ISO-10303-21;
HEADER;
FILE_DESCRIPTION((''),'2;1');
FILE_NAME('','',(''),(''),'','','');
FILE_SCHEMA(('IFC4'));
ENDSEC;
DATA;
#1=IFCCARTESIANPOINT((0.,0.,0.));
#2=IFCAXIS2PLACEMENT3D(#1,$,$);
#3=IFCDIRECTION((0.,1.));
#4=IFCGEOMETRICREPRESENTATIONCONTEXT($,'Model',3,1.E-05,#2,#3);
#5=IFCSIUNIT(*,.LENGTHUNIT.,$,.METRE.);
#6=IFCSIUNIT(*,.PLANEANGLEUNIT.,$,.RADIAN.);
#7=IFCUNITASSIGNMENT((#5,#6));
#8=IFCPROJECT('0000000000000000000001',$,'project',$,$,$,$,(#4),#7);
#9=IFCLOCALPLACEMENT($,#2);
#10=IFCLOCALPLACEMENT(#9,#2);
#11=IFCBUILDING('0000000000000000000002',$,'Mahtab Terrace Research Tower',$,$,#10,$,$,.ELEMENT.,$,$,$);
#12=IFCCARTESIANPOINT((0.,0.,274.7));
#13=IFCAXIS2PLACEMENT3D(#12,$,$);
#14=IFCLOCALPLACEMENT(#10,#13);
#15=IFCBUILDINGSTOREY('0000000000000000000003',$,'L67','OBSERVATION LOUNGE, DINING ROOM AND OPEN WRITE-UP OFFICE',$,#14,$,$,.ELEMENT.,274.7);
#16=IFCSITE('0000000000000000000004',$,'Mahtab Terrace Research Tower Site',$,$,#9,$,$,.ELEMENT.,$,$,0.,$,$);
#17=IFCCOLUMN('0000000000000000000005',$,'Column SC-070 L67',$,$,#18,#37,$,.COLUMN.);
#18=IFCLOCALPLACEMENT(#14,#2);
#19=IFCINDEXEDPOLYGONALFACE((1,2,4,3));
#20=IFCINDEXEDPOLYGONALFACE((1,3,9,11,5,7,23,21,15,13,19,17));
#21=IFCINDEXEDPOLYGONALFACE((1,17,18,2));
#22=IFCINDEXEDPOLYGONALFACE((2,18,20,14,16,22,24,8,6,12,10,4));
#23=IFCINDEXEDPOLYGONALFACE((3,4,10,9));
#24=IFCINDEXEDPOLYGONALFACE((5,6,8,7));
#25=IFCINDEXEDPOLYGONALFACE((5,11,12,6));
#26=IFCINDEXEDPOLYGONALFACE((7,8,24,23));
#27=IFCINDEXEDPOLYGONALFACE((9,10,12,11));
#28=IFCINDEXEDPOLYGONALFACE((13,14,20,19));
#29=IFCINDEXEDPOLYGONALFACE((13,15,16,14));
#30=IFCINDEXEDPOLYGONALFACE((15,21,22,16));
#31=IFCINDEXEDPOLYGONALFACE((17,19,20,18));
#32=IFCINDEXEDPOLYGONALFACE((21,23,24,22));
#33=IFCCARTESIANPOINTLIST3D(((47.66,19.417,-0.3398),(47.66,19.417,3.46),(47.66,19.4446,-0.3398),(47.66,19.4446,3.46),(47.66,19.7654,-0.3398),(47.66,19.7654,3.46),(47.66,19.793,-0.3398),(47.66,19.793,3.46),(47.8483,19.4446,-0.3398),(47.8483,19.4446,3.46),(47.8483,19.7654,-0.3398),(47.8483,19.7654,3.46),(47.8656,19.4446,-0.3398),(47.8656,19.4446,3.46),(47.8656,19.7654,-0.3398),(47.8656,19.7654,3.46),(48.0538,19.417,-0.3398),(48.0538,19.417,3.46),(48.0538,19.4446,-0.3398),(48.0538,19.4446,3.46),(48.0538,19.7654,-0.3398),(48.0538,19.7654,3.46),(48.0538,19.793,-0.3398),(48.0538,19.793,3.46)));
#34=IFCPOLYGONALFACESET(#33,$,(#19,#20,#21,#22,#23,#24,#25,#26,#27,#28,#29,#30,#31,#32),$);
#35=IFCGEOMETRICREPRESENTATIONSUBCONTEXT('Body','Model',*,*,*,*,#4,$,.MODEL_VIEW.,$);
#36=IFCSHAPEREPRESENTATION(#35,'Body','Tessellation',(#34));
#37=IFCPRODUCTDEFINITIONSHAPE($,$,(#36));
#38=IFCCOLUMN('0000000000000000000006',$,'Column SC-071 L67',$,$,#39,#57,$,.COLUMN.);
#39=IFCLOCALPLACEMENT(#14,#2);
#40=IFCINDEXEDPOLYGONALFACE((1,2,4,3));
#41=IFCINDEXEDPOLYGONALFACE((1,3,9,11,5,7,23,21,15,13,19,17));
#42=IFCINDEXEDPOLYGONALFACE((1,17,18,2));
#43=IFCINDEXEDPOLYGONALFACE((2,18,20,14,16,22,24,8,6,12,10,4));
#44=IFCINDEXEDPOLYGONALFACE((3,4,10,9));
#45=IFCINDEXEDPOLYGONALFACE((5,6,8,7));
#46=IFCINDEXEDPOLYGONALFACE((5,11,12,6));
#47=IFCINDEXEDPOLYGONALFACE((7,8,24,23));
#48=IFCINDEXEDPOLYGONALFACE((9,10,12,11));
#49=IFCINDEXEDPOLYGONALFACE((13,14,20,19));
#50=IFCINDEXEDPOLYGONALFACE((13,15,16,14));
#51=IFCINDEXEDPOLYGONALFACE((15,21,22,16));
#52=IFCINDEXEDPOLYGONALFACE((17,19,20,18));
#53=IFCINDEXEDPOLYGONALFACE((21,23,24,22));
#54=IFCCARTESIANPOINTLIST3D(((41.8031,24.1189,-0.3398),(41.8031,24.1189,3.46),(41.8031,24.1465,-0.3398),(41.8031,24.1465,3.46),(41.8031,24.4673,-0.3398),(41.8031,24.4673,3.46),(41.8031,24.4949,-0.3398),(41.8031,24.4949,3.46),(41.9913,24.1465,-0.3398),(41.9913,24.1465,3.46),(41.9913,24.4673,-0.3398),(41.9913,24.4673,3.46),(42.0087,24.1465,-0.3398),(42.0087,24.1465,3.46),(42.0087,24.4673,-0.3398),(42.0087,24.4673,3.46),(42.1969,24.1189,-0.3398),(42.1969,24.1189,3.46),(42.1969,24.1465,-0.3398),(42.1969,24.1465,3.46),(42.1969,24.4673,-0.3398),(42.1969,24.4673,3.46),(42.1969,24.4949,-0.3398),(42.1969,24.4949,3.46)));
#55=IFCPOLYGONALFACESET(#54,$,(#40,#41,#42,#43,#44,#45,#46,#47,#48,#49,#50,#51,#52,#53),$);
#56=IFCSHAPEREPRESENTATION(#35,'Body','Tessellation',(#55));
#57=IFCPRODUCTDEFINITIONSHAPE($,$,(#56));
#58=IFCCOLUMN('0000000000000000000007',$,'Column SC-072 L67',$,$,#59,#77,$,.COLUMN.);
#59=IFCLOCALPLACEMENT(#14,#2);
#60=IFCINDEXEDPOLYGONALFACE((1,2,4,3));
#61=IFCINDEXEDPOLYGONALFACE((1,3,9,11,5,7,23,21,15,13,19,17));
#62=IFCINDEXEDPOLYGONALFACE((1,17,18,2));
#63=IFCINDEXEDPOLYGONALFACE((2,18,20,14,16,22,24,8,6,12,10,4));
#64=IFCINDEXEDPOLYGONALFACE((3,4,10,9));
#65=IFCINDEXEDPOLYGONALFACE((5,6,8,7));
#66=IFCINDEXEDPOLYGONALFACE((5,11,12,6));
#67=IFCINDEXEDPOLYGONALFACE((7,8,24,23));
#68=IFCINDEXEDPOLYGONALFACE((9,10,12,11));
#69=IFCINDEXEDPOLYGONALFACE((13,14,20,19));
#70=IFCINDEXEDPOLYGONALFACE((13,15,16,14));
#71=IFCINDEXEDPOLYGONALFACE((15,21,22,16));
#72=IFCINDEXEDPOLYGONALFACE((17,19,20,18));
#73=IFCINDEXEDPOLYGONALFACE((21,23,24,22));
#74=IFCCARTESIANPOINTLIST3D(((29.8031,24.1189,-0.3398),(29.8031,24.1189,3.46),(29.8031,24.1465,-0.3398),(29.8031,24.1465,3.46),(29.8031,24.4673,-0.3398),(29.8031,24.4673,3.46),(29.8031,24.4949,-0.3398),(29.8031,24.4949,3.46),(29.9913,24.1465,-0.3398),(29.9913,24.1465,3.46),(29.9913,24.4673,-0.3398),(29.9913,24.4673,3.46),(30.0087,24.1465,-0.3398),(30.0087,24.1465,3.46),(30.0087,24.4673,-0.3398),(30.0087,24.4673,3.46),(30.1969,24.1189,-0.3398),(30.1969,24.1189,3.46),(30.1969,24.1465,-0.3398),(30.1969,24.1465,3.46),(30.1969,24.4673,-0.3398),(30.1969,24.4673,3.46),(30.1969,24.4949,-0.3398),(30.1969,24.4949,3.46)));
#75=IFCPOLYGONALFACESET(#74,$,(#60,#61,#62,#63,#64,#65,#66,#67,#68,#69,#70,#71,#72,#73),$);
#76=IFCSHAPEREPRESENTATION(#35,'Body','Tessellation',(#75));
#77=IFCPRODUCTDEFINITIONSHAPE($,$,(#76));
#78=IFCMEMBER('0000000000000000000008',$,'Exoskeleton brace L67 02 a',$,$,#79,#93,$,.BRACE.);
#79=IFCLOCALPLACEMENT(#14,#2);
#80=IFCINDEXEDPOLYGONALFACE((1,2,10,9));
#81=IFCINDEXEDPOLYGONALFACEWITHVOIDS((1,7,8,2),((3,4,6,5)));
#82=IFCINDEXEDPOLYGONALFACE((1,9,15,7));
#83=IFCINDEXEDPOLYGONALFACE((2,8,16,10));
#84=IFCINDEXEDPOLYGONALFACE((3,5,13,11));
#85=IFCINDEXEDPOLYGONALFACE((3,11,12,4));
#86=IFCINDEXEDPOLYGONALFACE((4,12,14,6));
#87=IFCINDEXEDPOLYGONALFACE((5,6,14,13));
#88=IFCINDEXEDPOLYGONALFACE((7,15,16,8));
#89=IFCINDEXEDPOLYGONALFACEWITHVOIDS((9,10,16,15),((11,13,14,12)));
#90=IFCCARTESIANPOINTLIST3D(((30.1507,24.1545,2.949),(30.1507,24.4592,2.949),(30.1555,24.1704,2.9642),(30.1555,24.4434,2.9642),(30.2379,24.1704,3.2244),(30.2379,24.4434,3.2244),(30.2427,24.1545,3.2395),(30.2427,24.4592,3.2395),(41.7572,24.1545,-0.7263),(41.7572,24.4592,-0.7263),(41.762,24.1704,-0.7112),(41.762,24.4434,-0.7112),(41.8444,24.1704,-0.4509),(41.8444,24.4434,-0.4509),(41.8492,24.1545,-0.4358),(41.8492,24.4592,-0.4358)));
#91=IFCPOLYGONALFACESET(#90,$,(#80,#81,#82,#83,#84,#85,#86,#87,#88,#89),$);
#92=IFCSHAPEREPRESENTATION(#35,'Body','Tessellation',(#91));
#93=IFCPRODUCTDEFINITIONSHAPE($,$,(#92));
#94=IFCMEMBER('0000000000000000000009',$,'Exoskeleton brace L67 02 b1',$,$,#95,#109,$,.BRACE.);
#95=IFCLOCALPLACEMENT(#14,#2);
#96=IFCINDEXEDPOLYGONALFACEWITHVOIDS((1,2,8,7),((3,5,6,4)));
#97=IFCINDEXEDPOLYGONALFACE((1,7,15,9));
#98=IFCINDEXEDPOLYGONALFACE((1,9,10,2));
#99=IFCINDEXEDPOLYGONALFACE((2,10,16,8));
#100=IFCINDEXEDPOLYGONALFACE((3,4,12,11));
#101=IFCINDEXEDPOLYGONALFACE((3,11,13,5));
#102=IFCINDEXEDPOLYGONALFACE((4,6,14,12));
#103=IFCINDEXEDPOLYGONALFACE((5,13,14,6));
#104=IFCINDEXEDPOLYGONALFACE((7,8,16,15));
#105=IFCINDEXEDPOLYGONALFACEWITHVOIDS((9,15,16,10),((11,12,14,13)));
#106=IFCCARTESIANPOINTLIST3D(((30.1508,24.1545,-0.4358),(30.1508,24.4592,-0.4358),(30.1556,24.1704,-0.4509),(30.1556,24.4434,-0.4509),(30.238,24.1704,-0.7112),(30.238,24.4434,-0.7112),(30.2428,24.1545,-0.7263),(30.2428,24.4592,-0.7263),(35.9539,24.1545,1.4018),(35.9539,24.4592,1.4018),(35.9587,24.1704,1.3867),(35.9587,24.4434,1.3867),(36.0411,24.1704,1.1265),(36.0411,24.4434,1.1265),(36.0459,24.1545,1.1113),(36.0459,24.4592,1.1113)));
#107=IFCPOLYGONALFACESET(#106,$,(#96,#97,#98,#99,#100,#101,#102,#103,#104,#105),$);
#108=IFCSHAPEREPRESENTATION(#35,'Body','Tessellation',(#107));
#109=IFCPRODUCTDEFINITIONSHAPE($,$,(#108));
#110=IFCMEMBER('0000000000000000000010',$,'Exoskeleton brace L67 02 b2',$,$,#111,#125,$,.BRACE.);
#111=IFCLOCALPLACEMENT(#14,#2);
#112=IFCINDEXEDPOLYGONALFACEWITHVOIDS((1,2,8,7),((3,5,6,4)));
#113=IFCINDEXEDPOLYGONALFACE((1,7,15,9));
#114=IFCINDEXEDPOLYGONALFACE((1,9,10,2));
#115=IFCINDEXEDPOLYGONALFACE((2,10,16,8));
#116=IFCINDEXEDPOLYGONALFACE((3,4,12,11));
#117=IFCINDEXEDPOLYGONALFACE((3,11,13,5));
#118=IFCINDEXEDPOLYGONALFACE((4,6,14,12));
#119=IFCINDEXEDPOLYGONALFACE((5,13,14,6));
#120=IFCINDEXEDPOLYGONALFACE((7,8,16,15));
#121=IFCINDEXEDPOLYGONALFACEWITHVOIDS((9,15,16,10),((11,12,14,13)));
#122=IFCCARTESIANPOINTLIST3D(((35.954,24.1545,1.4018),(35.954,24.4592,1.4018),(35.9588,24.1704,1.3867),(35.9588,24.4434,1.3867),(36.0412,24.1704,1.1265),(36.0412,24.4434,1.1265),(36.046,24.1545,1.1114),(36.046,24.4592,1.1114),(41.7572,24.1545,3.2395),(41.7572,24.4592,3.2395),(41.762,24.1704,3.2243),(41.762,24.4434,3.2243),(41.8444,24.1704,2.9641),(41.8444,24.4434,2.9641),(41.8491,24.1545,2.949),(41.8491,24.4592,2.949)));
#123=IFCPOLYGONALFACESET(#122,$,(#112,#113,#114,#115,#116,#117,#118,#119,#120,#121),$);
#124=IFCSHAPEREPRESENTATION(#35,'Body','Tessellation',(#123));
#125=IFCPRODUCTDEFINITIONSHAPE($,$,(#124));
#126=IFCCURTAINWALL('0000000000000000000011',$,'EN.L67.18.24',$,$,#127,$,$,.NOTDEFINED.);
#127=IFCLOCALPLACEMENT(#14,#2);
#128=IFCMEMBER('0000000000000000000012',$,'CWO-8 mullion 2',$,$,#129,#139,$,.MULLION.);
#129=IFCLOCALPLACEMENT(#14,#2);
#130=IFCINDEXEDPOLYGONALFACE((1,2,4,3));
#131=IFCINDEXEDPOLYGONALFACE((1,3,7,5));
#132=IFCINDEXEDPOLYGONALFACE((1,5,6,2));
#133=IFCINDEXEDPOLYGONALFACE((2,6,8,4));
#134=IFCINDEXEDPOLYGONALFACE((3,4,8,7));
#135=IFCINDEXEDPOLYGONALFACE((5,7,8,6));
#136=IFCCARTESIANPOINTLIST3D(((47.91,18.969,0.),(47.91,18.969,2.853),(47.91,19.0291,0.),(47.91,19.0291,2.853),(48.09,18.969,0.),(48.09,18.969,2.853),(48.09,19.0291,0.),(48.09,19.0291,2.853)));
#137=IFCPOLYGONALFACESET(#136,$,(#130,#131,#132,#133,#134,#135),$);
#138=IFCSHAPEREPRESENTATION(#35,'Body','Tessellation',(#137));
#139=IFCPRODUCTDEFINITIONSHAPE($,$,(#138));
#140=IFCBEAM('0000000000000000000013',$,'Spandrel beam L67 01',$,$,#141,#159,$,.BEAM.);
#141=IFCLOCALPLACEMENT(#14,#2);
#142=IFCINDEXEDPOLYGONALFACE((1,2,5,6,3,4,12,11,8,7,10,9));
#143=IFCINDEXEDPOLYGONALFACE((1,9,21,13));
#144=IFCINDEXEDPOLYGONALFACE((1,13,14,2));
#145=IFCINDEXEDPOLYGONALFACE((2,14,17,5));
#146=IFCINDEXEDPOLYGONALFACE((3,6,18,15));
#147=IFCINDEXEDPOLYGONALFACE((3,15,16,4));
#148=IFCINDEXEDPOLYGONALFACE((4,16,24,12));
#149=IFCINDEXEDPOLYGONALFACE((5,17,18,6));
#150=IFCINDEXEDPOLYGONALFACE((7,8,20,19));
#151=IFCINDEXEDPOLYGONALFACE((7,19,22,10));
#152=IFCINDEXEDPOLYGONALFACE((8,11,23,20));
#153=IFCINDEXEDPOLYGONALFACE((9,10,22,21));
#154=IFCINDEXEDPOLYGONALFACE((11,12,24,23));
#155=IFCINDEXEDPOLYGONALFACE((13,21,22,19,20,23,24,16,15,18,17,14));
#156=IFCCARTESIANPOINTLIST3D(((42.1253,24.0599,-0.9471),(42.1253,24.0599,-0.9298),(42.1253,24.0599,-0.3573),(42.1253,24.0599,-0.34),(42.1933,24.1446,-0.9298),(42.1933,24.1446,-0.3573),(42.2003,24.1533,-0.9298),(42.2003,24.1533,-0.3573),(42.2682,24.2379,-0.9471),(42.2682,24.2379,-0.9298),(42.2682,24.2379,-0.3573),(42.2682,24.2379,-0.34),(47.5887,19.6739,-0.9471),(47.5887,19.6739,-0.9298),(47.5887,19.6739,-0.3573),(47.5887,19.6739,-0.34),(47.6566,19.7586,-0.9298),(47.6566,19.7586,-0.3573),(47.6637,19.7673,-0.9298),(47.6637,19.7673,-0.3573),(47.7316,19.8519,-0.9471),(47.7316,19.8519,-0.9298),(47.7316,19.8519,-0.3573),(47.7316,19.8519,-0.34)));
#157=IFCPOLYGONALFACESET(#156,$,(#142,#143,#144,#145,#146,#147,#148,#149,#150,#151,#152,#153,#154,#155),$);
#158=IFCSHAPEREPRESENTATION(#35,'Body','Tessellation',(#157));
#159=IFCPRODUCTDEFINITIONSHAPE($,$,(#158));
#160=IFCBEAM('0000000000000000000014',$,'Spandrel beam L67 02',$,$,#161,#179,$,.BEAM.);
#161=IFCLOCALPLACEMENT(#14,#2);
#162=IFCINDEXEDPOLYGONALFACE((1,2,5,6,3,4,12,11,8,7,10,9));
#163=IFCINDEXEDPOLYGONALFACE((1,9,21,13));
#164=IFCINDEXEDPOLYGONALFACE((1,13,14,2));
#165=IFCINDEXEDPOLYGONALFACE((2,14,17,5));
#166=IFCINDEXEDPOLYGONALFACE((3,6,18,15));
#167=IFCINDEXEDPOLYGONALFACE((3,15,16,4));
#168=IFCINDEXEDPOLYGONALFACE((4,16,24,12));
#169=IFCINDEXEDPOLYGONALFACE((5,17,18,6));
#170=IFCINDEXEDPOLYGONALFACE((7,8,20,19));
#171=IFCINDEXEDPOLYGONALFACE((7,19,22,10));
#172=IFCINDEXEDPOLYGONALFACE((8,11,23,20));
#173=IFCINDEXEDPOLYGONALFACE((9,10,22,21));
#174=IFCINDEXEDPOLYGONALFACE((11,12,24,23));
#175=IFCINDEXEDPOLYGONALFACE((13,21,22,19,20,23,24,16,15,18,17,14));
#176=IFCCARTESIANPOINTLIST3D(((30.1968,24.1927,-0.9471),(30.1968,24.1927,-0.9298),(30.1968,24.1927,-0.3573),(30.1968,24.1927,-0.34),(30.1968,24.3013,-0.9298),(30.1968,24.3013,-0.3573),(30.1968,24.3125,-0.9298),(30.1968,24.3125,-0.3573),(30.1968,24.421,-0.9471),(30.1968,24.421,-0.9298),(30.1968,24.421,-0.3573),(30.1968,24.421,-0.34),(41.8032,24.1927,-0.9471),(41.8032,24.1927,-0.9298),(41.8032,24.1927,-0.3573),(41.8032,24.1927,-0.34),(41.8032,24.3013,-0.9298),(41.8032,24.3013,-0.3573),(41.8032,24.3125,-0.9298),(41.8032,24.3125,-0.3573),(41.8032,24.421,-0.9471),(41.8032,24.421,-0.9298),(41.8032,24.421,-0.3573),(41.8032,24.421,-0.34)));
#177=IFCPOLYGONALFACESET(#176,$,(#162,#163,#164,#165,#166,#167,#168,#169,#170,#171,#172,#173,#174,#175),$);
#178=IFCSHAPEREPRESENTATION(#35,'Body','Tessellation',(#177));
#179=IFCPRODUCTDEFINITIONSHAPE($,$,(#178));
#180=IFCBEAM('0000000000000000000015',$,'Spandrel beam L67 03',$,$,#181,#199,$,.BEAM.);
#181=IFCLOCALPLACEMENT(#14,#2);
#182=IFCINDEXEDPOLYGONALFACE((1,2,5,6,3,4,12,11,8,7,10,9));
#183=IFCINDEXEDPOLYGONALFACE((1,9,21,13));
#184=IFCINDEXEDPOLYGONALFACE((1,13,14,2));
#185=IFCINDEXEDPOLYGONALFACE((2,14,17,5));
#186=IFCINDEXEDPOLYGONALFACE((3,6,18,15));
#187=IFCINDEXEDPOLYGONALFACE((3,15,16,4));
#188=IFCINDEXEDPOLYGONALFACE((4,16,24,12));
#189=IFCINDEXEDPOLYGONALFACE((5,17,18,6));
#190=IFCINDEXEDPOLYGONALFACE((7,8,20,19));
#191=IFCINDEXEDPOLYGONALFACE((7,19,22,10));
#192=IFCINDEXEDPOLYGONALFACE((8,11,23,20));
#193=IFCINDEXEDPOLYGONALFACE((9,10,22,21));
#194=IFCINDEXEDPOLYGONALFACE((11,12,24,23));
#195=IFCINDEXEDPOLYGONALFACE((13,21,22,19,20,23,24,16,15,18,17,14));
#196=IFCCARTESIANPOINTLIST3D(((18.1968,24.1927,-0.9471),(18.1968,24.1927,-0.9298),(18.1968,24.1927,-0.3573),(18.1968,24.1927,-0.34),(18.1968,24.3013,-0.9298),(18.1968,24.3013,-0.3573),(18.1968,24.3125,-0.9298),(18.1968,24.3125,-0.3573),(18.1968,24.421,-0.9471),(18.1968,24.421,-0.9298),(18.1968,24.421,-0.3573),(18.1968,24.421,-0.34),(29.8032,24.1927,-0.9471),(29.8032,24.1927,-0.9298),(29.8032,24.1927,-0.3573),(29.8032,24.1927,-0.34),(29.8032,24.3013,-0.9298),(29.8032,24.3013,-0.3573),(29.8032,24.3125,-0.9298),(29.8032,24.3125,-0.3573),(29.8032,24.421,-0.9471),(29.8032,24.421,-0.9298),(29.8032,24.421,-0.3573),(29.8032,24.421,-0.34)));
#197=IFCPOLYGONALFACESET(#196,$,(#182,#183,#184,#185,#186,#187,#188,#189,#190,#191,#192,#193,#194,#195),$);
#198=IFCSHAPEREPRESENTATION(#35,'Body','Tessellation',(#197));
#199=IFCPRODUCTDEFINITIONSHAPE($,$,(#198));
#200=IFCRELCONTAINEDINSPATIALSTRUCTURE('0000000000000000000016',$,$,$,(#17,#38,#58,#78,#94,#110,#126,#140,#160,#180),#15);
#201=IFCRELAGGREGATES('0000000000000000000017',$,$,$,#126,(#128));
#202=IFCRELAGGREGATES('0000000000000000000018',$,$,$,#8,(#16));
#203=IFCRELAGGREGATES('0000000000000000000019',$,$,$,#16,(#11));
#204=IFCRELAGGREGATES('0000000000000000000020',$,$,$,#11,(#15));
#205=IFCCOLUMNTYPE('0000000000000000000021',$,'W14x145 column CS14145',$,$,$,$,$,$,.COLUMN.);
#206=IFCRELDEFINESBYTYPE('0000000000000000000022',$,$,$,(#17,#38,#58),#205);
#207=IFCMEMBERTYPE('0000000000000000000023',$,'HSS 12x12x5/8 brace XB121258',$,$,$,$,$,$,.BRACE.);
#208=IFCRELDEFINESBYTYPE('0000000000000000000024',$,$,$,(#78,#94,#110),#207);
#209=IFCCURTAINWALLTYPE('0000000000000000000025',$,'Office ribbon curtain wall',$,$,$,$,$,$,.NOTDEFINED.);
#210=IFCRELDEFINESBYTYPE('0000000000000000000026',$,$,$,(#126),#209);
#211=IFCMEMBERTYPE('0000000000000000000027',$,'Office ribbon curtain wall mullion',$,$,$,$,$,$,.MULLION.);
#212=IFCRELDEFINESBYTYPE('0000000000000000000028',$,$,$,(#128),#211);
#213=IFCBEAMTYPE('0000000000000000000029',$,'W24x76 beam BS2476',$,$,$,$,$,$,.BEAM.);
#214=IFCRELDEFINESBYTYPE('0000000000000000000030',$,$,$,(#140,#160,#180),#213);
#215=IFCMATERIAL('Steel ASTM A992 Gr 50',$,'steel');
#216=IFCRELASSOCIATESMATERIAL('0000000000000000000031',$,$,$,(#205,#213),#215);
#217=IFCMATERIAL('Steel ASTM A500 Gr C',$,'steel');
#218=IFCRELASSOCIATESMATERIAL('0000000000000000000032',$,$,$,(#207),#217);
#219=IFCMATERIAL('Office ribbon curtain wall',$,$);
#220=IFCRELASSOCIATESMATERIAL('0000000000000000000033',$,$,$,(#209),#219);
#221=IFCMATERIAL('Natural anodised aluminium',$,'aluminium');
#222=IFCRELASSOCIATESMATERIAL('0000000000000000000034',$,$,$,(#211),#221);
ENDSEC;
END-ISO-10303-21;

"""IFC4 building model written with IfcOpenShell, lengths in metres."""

from ifc_helpers import new_model, si_unit, direction, frame, origin, origin_2d, place, context, subcontext, project, spatial, rectangle, hollow_rectangle, i_section, extrude, material, material_profile, profile_set, type_object, element, aggregate, save


model = new_model("IFC4")

# Units and contexts
model_context = context("Model", 3, precision=1e-05, world=origin(), true_north=direction((0.0, 1.0)))
body_context = subcontext(model_context, "Body", "Model", "MODEL_VIEW")
ifc_project = project(units=[si_unit("LENGTHUNIT", "METRE"), si_unit("PLANEANGLEUNIT", "RADIAN")], contexts=[model_context])

# Site, building, storey
site_placement = place(None, origin())
site = spatial("IfcSite", under=ifc_project, at=site_placement, Name="Mahtab Terrace Research Tower Site", CompositionType="ELEMENT", RefElevation=0.0)
building_placement = place(site_placement, origin())
building = spatial("IfcBuilding", under=site, at=building_placement, Name="Mahtab Terrace Research Tower", CompositionType="ELEMENT")
storey_placement = place(building_placement, frame((0.0, 0.0, 274.7)))
storey = spatial("IfcBuildingStorey", under=building, at=storey_placement, Name="L67", Description="OBSERVATION LOUNGE, DINING ROOM AND OPEN WRITE-UP OFFICE", CompositionType="ELEMENT", Elevation=274.7)

# Columns
ifc_material_1 = material(Name="Steel ASTM A992 Gr 50", Category="steel")
ifc_material_profile_1 = material_profile(ifc_material_1, i_section(OverallWidth=0.3938, OverallDepth=0.376, WebThickness=0.0173, FlangeThickness=0.0276, at=origin_2d()), Name="W14X145")
ifc_profile_set_1 = profile_set([ifc_material_profile_1], Name="Steel ASTM A992 Gr 50")
column_type = type_object("IfcColumnType", Name="W14x145 column CS14145", PredefinedType="COLUMN", material=ifc_profile_set_1)
for number, where, z_axis, x_axis, name in (
    (1, (47.8569, 19.605, -0.3398), (0.0, 0.0, 1.0), (1.0, 0.0, 0.0), "Column SC-070 L67"),
    (2, (42.0, 24.3069, -0.3398), (0.0, 0.0, 1.0), (1.0, 0.0, 0.0), "Column SC-071 L67"),
    (3, (30.0, 24.3069, -0.3398), (0.0, 0.0, 1.0), (1.0, 0.0, 0.0), "Column SC-072 L67"),
):
    element("IfcColumn", number, at=place(storey_placement, frame(where, z_axis=z_axis, x_axis=x_axis)), inside=storey, type_object=column_type, Name=name, PredefinedType="COLUMN", context=body_context, shape_type="SweptSolid", body=[
        extrude(i_section(OverallWidth=0.3938, OverallDepth=0.376, WebThickness=0.0173, FlangeThickness=0.0276, at=origin_2d()), origin(), (0.0, 0.0, 1.0), 3.7998),
    ])

# Members
ifc_material_2 = material(Name="Steel ASTM A500 Gr C", Category="steel")
ifc_material_profile_2 = material_profile(ifc_material_2, hollow_rectangle(XDim=0.3047, YDim=0.3047, WallThickness=0.0159, at=origin_2d()), Name="HSS12X12X5/8")
ifc_profile_set_2 = profile_set([ifc_material_profile_2], Name="Steel ASTM A500 Gr C")
member_type_1 = type_object("IfcMemberType", Name="HSS 12x12x5/8 brace XB121258", PredefinedType="BRACE", material=ifc_profile_set_2)
member_1_placement = place(storey_placement, frame((41.8032, 24.3069, -0.5811), z_axis=(-0.953344, 0.0, 0.301886), x_axis=(0.0, -1.0, 0.0)))
element("IfcMember", 4, at=member_1_placement, inside=storey, type_object=member_type_1, Name="Exoskeleton brace L67 02 a", PredefinedType="BRACE", context=body_context, shape_type="SweptSolid", body=[
    extrude(hollow_rectangle(XDim=0.3047, YDim=0.3047, WallThickness=0.0159, at=origin_2d()), origin(), (0.0, 0.0, 1.0), 12.1746),
])
for number, where, z_axis, x_axis, name in (
    (5, (30.1968, 24.3069, -0.5811), (0.953344, 0.0, 0.301886), (0.0, 1.0, 0.0), "Exoskeleton brace L67 02 b1"),
    (6, (36.0, 24.3069, 1.2566), (0.953344, 0.0, 0.301886), (0.0, 1.0, 0.0), "Exoskeleton brace L67 02 b2"),
):
    element("IfcMember", number, at=place(storey_placement, frame(where, z_axis=z_axis, x_axis=x_axis)), inside=storey, type_object=member_type_1, Name=name, PredefinedType="BRACE", context=body_context, shape_type="SweptSolid", body=[
        extrude(hollow_rectangle(XDim=0.3047, YDim=0.3047, WallThickness=0.0159, at=origin_2d()), origin(), (0.0, 0.0, 1.0), 6.0872),
    ])

# Curtain wall, member
ifc_material_3 = material(Name="Office ribbon curtain wall")
curtain_wall_type = type_object("IfcCurtainWallType", Name="Office ribbon curtain wall", PredefinedType="NOTDEFINED", material=ifc_material_3)
curtain_wall_placement = place(storey_placement, origin())
curtain_wall = element("IfcCurtainWall", 7, at=curtain_wall_placement, inside=storey, type_object=curtain_wall_type, Name="EN.L67.18.24", PredefinedType="NOTDEFINED")
ifc_material_4 = material(Name="Natural anodised aluminium", Category="aluminium")
ifc_material_profile_3 = material_profile(ifc_material_4, rectangle(XDim=0.1799, YDim=0.0601, at=origin_2d()), Name="MULLION 60x180")
ifc_profile_set_3 = profile_set([ifc_material_profile_3], Name="Natural anodised aluminium")
member_type_2 = type_object("IfcMemberType", Name="Office ribbon curtain wall mullion", PredefinedType="MULLION", material=ifc_profile_set_3)
member_2_placement = place(storey_placement, frame((48.0, 18.999, 0.0), z_axis=(0.0, 0.0, 1.0), x_axis=(-1.0, 0.0, 0.0)))
member_2 = element("IfcMember", 8, at=member_2_placement, type_object=member_type_2, Name="CWO-8 mullion 2", PredefinedType="MULLION", context=body_context, shape_type="SweptSolid", body=[
    extrude(rectangle(XDim=0.1799, YDim=0.0601, at=origin_2d()), origin(), (0.0, 0.0, 1.0), 2.853),
])
aggregate(curtain_wall, [member_2])

# Beams
ifc_material_profile_4 = material_profile(ifc_material_1, i_section(OverallWidth=0.2283, OverallDepth=0.6072, WebThickness=0.0112, FlangeThickness=0.0173, at=origin_2d()), Name="W24X76")
ifc_profile_set_4 = profile_set([ifc_material_profile_4], Name="Steel ASTM A992 Gr 50")
beam_type = type_object("IfcBeamType", Name="W24x76 beam BS2476", PredefinedType="BEAM", material=ifc_profile_set_4)
beam_placement = place(storey_placement, frame((47.6602, 19.7629, -0.6436), z_axis=(-0.779804, 0.626024, 0.0), x_axis=(-0.626024, -0.779804, 0.0)))
element("IfcBeam", 9, at=beam_placement, inside=storey, type_object=beam_type, Name="Spandrel beam L67 01", PredefinedType="BEAM", context=body_context, shape_type="SweptSolid", body=[
    extrude(i_section(OverallWidth=0.2283, OverallDepth=0.6072, WebThickness=0.0112, FlangeThickness=0.0173, at=origin_2d()), origin(), (0.0, 0.0, 1.0), 7.0061),
])
for number, where, z_axis, x_axis, name in (
    (10, (41.8032, 24.3069, -0.6436), (-1.0, 0.0, 0.0), (0.0, -1.0, 0.0), "Spandrel beam L67 02"),
    (11, (29.8032, 24.3069, -0.6436), (-1.0, 0.0, 0.0), (0.0, -1.0, 0.0), "Spandrel beam L67 03"),
):
    element("IfcBeam", number, at=place(storey_placement, frame(where, z_axis=z_axis, x_axis=x_axis)), inside=storey, type_object=beam_type, Name=name, PredefinedType="BEAM", context=body_context, shape_type="SweptSolid", body=[
        extrude(i_section(OverallWidth=0.2283, OverallDepth=0.6072, WebThickness=0.0112, FlangeThickness=0.0173, at=origin_2d()), origin(), (0.0, 0.0, 1.0), 11.6064),
    ])

save(model, "model.ifc")
